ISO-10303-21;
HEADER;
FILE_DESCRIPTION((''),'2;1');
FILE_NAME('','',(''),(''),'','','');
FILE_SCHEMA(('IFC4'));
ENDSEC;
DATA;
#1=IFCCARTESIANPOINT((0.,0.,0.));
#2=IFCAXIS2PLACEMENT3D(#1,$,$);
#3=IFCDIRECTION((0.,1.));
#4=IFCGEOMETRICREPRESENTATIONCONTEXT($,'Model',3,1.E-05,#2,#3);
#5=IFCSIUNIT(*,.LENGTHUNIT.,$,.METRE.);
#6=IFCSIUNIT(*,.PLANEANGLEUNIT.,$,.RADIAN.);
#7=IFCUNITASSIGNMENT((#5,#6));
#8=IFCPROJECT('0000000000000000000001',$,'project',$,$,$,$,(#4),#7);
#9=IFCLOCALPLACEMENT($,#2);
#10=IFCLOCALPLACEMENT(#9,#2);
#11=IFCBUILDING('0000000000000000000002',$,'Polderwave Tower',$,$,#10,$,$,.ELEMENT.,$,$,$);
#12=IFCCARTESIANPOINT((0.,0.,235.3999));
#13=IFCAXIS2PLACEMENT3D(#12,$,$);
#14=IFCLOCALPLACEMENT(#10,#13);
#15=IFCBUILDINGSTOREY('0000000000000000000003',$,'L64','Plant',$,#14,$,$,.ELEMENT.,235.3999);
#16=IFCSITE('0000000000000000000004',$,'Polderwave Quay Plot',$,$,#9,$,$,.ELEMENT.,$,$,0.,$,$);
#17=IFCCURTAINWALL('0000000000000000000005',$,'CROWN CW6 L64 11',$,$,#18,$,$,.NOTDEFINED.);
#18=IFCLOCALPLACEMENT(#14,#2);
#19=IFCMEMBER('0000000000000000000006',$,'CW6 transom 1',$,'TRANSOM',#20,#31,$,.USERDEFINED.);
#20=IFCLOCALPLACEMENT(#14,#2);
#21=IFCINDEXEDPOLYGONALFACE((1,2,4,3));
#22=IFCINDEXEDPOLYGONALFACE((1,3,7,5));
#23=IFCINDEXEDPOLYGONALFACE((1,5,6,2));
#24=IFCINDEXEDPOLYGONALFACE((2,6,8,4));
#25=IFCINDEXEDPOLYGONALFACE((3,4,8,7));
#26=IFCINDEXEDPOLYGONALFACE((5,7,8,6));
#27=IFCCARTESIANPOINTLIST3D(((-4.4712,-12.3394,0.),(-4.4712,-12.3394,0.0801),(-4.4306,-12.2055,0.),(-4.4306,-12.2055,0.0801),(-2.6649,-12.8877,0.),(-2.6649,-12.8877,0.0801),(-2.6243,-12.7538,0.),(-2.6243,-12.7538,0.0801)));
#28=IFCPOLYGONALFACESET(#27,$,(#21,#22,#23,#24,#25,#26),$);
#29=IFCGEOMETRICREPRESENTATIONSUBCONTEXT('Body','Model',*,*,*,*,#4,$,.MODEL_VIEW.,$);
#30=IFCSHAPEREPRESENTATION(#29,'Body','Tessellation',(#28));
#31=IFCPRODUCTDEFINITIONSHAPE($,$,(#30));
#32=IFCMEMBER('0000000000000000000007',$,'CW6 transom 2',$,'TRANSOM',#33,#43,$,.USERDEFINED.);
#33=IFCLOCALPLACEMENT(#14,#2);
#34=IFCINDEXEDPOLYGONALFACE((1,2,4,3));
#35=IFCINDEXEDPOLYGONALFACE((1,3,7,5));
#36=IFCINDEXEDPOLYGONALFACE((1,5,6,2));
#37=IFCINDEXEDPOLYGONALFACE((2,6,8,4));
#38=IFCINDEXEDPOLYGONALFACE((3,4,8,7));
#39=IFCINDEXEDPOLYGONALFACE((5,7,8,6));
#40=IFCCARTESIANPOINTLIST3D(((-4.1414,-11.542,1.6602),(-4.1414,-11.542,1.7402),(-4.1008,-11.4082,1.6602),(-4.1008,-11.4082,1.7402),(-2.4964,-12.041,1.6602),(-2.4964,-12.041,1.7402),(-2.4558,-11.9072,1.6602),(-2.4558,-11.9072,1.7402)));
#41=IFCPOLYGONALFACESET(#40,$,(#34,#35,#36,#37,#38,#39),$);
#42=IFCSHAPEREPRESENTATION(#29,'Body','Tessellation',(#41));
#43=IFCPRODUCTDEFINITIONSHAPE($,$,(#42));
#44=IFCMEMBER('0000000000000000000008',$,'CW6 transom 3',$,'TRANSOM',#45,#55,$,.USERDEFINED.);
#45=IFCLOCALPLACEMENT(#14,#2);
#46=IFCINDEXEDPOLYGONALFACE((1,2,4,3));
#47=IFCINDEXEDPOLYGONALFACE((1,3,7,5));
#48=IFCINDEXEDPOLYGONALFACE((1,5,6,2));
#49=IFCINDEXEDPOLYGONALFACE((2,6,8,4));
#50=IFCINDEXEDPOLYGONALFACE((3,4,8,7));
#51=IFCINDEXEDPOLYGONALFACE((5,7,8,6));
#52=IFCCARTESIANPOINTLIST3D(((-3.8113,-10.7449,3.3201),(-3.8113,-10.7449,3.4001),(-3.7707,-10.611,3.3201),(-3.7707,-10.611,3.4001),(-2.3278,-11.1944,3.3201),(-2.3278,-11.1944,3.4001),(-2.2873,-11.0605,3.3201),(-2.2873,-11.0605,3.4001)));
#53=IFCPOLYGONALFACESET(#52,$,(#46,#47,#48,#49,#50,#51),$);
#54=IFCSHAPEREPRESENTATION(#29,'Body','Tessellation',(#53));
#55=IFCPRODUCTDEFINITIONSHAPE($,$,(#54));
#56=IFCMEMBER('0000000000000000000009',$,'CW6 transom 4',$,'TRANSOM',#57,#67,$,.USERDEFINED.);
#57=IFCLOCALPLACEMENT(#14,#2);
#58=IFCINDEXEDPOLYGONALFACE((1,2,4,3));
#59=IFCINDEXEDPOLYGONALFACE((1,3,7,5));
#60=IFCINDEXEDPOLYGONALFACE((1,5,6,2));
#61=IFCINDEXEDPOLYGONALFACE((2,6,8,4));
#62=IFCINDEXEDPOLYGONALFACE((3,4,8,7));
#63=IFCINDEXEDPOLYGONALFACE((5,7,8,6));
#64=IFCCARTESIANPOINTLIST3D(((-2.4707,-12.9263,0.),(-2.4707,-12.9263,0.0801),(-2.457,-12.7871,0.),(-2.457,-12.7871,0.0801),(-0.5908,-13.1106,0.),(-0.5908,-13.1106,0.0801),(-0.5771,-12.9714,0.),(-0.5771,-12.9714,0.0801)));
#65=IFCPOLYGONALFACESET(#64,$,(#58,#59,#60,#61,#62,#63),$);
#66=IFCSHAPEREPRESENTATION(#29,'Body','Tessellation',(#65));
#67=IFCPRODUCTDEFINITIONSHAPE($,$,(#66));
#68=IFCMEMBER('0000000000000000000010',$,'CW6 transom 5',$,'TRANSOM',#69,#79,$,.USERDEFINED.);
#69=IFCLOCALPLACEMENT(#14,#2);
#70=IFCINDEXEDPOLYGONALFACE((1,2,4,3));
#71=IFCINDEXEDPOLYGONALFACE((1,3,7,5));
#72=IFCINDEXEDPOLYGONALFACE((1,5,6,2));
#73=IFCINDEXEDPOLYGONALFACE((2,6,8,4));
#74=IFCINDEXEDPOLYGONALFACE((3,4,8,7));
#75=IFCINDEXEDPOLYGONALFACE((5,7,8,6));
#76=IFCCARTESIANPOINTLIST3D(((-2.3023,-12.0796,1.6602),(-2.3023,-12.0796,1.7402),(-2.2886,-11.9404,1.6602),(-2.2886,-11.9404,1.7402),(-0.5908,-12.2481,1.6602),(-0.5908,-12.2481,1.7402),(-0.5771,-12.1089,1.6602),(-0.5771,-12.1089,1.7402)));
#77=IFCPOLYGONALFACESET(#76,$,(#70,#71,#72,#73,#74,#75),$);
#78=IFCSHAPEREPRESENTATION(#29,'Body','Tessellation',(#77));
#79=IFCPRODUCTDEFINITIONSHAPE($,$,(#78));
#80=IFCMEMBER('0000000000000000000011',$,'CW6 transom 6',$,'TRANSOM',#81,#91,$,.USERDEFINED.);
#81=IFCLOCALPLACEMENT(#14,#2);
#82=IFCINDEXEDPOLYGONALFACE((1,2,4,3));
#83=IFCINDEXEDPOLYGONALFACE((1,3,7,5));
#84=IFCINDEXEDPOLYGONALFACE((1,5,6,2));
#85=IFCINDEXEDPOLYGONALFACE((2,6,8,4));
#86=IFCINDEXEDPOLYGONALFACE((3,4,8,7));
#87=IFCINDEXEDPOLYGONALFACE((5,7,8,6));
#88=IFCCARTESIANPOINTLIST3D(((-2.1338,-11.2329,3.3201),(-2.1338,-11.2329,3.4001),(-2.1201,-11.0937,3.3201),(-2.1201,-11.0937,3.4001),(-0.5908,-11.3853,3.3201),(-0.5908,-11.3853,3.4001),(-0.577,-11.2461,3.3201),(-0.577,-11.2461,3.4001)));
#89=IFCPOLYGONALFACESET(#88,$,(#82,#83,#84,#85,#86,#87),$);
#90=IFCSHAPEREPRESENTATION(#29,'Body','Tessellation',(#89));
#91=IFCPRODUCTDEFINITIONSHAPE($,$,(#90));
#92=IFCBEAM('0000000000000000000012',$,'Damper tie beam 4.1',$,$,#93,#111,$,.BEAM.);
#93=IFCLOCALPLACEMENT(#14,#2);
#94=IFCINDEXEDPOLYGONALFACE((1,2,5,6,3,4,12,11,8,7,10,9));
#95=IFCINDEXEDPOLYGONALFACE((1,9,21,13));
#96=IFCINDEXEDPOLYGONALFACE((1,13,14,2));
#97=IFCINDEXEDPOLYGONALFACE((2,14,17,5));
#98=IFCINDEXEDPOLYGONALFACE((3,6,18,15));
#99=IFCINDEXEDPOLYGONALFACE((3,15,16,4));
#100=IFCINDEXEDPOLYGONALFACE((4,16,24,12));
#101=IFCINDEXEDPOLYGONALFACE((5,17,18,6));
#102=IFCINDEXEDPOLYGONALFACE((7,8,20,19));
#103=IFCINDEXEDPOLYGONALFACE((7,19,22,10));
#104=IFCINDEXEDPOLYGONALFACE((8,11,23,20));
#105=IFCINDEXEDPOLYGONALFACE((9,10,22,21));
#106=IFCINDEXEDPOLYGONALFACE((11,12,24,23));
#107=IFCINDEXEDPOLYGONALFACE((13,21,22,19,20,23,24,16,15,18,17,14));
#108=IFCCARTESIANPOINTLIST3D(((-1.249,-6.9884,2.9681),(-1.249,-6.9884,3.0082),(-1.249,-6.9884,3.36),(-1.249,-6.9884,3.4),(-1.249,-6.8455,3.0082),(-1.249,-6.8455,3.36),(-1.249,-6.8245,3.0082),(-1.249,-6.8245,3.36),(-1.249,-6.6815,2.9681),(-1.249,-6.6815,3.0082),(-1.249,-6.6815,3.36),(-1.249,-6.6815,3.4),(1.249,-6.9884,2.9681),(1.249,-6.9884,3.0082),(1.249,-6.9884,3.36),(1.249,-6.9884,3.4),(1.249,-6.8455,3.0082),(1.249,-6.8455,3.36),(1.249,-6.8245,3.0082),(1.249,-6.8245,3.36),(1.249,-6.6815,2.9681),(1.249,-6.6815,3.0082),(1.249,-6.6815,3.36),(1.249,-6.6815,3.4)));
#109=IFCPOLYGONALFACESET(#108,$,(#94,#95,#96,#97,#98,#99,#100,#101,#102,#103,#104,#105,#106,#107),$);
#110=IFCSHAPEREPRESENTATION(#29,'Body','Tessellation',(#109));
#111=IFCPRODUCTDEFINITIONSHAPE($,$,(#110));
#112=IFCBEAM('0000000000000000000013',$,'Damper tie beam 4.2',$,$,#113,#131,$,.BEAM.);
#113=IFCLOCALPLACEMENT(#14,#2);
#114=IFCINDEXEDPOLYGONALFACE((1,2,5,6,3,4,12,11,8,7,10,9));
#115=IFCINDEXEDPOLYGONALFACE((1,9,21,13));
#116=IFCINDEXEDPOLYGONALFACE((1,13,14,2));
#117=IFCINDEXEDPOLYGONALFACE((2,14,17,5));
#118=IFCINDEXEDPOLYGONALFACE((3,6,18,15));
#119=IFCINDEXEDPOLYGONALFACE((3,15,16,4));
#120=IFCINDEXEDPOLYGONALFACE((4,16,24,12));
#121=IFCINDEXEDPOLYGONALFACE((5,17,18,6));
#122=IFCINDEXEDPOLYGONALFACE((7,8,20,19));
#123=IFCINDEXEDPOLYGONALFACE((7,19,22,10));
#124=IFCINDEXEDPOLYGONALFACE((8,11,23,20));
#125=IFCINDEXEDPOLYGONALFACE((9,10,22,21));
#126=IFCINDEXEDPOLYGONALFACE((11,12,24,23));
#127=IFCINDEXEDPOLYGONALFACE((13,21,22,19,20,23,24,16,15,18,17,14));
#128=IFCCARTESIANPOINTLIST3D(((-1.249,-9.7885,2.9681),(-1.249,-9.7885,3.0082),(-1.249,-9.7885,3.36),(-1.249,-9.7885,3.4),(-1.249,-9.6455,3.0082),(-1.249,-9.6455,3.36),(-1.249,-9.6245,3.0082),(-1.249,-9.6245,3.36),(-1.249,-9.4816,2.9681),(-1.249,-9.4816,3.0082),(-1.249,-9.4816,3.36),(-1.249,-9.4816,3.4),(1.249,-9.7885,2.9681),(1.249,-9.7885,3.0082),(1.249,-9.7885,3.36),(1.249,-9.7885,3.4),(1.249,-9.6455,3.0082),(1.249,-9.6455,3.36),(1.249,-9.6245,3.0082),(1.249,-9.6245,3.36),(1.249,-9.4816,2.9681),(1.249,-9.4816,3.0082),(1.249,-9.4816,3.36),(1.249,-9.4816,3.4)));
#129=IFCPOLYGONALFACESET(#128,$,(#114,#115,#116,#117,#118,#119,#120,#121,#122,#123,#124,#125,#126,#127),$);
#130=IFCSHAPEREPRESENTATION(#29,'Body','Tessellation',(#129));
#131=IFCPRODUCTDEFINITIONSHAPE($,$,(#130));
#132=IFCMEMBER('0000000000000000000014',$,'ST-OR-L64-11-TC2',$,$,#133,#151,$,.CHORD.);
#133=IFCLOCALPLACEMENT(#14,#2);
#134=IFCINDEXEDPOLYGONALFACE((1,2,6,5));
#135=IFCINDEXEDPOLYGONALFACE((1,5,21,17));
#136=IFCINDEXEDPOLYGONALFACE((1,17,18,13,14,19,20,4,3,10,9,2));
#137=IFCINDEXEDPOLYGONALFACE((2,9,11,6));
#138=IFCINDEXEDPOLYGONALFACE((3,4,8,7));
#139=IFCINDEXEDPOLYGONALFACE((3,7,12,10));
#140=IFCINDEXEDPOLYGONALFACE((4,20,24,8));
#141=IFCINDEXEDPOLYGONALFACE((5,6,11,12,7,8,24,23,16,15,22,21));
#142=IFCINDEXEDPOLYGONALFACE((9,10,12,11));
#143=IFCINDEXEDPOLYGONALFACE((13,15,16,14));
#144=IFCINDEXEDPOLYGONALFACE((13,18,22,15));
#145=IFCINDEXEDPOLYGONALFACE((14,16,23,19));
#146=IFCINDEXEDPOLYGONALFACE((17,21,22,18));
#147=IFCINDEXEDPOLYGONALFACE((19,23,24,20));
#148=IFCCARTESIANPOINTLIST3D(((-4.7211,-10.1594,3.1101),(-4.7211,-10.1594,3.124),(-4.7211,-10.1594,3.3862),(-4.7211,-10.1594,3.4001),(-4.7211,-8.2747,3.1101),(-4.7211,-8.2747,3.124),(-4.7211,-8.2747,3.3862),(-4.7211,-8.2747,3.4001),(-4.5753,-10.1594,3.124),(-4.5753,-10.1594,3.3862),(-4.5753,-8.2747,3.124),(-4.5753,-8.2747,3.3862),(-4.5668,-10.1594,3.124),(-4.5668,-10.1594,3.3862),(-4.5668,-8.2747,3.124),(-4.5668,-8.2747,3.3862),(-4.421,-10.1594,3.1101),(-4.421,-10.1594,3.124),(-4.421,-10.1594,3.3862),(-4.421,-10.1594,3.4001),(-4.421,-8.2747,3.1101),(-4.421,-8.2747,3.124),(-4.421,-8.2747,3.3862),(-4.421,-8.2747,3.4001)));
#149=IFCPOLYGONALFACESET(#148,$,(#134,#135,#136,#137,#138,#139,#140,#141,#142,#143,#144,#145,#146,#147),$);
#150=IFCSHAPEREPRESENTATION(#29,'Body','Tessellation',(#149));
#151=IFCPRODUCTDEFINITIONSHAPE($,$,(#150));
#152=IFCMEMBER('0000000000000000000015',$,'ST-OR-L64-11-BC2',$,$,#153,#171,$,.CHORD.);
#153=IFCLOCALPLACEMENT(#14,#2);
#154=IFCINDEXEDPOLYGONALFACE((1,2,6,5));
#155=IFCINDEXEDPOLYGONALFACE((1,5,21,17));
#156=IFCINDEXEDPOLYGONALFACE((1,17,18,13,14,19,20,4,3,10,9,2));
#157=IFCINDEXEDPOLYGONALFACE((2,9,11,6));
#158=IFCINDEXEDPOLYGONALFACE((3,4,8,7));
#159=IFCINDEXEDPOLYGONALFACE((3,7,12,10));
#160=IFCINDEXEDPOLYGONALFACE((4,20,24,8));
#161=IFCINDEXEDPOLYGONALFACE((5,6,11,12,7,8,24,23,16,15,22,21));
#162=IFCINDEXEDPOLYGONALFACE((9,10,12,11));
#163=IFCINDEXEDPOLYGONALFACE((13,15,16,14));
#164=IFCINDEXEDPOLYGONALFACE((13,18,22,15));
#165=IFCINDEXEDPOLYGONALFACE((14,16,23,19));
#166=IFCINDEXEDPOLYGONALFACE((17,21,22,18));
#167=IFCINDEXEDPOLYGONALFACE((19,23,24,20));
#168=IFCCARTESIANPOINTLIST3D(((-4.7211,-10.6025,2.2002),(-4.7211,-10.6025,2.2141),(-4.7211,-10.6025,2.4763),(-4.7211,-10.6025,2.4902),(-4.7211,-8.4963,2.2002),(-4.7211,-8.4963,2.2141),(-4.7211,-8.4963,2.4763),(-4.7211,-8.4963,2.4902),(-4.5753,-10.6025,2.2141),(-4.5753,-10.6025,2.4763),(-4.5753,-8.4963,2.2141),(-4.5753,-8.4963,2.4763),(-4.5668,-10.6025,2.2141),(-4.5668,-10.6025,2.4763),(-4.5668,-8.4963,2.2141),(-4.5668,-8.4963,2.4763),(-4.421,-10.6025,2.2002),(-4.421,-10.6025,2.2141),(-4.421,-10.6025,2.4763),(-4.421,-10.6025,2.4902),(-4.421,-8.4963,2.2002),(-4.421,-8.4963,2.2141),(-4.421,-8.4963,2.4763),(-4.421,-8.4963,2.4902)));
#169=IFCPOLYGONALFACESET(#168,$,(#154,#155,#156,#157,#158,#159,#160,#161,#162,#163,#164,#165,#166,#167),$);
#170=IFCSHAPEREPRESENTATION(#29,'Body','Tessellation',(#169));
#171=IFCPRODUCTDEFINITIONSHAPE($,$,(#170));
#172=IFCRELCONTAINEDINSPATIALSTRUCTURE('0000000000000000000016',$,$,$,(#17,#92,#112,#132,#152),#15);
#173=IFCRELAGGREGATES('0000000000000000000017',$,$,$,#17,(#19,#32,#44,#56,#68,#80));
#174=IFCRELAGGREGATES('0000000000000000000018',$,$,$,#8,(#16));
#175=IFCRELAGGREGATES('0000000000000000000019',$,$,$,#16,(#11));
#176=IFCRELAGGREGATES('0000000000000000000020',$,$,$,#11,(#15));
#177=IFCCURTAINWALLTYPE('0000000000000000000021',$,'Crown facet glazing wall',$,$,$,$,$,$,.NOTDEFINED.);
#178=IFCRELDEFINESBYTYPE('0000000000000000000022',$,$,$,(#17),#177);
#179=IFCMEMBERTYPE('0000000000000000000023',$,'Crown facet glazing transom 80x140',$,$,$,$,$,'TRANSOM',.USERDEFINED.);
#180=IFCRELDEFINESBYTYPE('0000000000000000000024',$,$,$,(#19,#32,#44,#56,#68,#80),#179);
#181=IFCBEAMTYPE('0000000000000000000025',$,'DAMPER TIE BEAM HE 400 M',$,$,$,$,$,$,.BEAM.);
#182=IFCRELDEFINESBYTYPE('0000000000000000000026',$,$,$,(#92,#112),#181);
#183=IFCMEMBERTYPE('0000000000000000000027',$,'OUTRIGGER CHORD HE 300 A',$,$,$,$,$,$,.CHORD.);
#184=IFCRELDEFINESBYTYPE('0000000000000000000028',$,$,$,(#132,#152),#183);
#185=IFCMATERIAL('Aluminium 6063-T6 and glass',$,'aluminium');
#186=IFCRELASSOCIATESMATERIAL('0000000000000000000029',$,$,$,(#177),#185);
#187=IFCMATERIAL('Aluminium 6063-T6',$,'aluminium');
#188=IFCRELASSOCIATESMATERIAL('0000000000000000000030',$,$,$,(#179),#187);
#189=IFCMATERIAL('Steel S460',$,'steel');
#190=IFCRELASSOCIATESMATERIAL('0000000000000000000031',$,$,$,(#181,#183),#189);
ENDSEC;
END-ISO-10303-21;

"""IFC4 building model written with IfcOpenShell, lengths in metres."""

from ifc_helpers import new_model, si_unit, direction, frame, origin, origin_2d, place, context, subcontext, project, spatial, rectangle, i_section, extrude, material, material_profile, profile_set, type_object, element, aggregate, save


model = new_model("IFC4")

# Units and contexts
model_context = context("Model", 3, precision=1e-05, world=origin(), true_north=direction((0.0, 1.0)))
body_context = subcontext(model_context, "Body", "Model", "MODEL_VIEW")
ifc_project = project(units=[si_unit("LENGTHUNIT", "METRE"), si_unit("PLANEANGLEUNIT", "RADIAN")], contexts=[model_context])

# Site, building, storey
site_placement = place(None, origin())
site = spatial("IfcSite", under=ifc_project, at=site_placement, Name="Polderwave Quay Plot", CompositionType="ELEMENT", RefElevation=0.0)
building_placement = place(site_placement, origin())
building = spatial("IfcBuilding", under=site, at=building_placement, Name="Polderwave Tower", CompositionType="ELEMENT")
storey_placement = place(building_placement, frame((0.0, 0.0, 235.3999)))
storey = spatial("IfcBuildingStorey", under=building, at=storey_placement, Name="L64", Description="Plant", CompositionType="ELEMENT", Elevation=235.3999)

# Shared definitions
ifc_material_1 = material(Name="Steel S460", Category="steel")

# Shared definitions
ifc_material_2 = material(Name="Aluminium 6063-T6 and glass", Category="aluminium")
curtain_wall_type = type_object("IfcCurtainWallType", Name="Crown facet glazing wall", PredefinedType="NOTDEFINED", material=ifc_material_2)
ifc_material_3 = material(Name="Aluminium 6063-T6", Category="aluminium")

# Curtain wall
curtain_wall_1_placement = place(storey_placement, origin())
curtain_wall_1 = element("IfcCurtainWall", 1, at=curtain_wall_1_placement, inside=storey, type_object=curtain_wall_type, Name="CROWN CW6 L64 11", PredefinedType="NOTDEFINED")

# Members
ifc_material_profile_1 = material_profile(ifc_material_3, rectangle(XDim=0.1399, YDim=0.0801, at=origin_2d()), Name="AL 80x140")
ifc_profile_set_1 = profile_set([ifc_material_profile_1], Name="Aluminium 6063-T6")
member_type_1 = type_object("IfcMemberType", Name="Crown facet glazing transom 80x140", ElementType="TRANSOM", PredefinedType="USERDEFINED", material=ifc_profile_set_1)
member_1_placement = place(storey_placement, frame((-4.4509, -12.2725, 0.04), z_axis=(0.956885, -0.290467, 0.0), x_axis=(0.290467, 0.956885, 0.0)))
member_1 = element("IfcMember", 2, at=member_1_placement, type_object=member_type_1, Name="CW6 transom 1", ObjectType="TRANSOM", PredefinedType="USERDEFINED", context=body_context, shape_type="SweptSolid", body=[
    extrude(rectangle(XDim=0.1399, YDim=0.0801, at=origin_2d()), origin(), (0.0, 0.0, 1.0), 1.8877),
])
member_2_placement = place(storey_placement, frame((-4.1211, -11.4751, 1.7002), z_axis=(0.956938, -0.290291, 0.0), x_axis=(0.290291, 0.956938, 0.0)))
member_2 = element("IfcMember", 3, at=member_2_placement, type_object=member_type_1, Name="CW6 transom 2", ObjectType="TRANSOM", PredefinedType="USERDEFINED", context=body_context, shape_type="SweptSolid", body=[
    extrude(rectangle(XDim=0.1399, YDim=0.0801, at=origin_2d()), origin(), (0.0, 0.0, 1.0), 1.719),
])
member_3_placement = place(storey_placement, frame((-3.791, -10.678, 3.3601), z_axis=(0.957034, -0.289977, 0.0), x_axis=(0.289977, 0.957034, 0.0)))
member_3 = element("IfcMember", 4, at=member_3_placement, type_object=member_type_1, Name="CW6 transom 3", ObjectType="TRANSOM", PredefinedType="USERDEFINED", context=body_context, shape_type="SweptSolid", body=[
    extrude(rectangle(XDim=0.1399, YDim=0.0801, at=origin_2d()), origin(), (0.0, 0.0, 1.0), 1.55),
])
member_4_placement = place(storey_placement, frame((-2.4639, -12.8567, 0.04), z_axis=(0.995227, -0.097584, 0.0), x_axis=(0.097584, 0.995227, 0.0)))
member_4 = element("IfcMember", 5, at=member_4_placement, type_object=member_type_1, Name="CW6 transom 4", ObjectType="TRANSOM", PredefinedType="USERDEFINED", context=body_context, shape_type="SweptSolid", body=[
    extrude(rectangle(XDim=0.1399, YDim=0.0801, at=origin_2d()), origin(), (0.0, 0.0, 1.0), 1.8889),
])
member_5_placement = place(storey_placement, frame((-2.2954, -12.01, 1.7002), z_axis=(0.995191, -0.097957, 0.0), x_axis=(0.097957, 0.995191, 0.0)))
member_5 = element("IfcMember", 6, at=member_5_placement, type_object=member_type_1, Name="CW6 transom 5", ObjectType="TRANSOM", PredefinedType="USERDEFINED", context=body_context, shape_type="SweptSolid", body=[
    extrude(rectangle(XDim=0.1399, YDim=0.0801, at=origin_2d()), origin(), (0.0, 0.0, 1.0), 1.7197),
])
member_6_placement = place(storey_placement, frame((-2.127, -11.1633, 3.3601), z_axis=(0.995161, -0.098256, 0.0), x_axis=(0.098256, 0.995161, 0.0)))
member_6 = element("IfcMember", 7, at=member_6_placement, type_object=member_type_1, Name="CW6 transom 6", ObjectType="TRANSOM", PredefinedType="USERDEFINED", context=body_context, shape_type="SweptSolid", body=[
    extrude(rectangle(XDim=0.1399, YDim=0.0801, at=origin_2d()), origin(), (0.0, 0.0, 1.0), 1.5505),
])

# Beams
ifc_material_profile_2 = material_profile(ifc_material_1, i_section(OverallWidth=0.3069, OverallDepth=0.4319, WebThickness=0.021, FlangeThickness=0.04, at=origin_2d()), Name="HE 400 M")
ifc_profile_set_2 = profile_set([ifc_material_profile_2], Name="Steel S460")
beam_type_1 = type_object("IfcBeamType", Name="DAMPER TIE BEAM HE 400 M", PredefinedType="BEAM", material=ifc_profile_set_2)
for number, where, z_axis, x_axis, name in (
    (8, (-1.249, -6.835, 3.1841), (1.0, 0.0, 0.0), (0.0, 1.0, 0.0), "Damper tie beam 4.1"),
    (9, (-1.249, -9.635, 3.1841), (1.0, 0.0, 0.0), (0.0, 1.0, 0.0), "Damper tie beam 4.2"),
):
    element("IfcBeam", number, at=place(storey_placement, frame(where, z_axis=z_axis, x_axis=x_axis)), inside=storey, type_object=beam_type_1, Name=name, PredefinedType="BEAM", context=body_context, shape_type="SweptSolid", body=[
        extrude(i_section(OverallWidth=0.3069, OverallDepth=0.4319, WebThickness=0.021, FlangeThickness=0.04, at=origin_2d()), origin(), (0.0, 0.0, 1.0), 2.498),
    ])

# Members
ifc_material_profile_3 = material_profile(ifc_material_1, i_section(OverallWidth=0.3, OverallDepth=0.29, WebThickness=0.0085, FlangeThickness=0.0139, at=origin_2d()), Name="HE 300 A")
ifc_profile_set_3 = profile_set([ifc_material_profile_3], Name="Steel S460")
member_type_2 = type_object("IfcMemberType", Name="OUTRIGGER CHORD HE 300 A", PredefinedType="CHORD", material=ifc_profile_set_3)
member_7_placement = place(storey_placement, frame((-4.571, -8.2747, 3.2551), z_axis=(0.0, -1.0, 0.0), x_axis=(1.0, 0.0, 0.0)))
element("IfcMember", 10, at=member_7_placement, inside=storey, type_object=member_type_2, Name="ST-OR-L64-11-TC2", PredefinedType="CHORD", context=body_context, shape_type="SweptSolid", body=[
    extrude(i_section(OverallWidth=0.3, OverallDepth=0.29, WebThickness=0.0085, FlangeThickness=0.0139, at=origin_2d()), origin(), (0.0, 0.0, 1.0), 1.8848),
])
member_8_placement = place(storey_placement, frame((-4.571, -8.4963, 2.3452), z_axis=(0.0, -1.0, 0.0), x_axis=(1.0, 0.0, 0.0)))
element("IfcMember", 11, at=member_8_placement, inside=storey, type_object=member_type_2, Name="ST-OR-L64-11-BC2", PredefinedType="CHORD", context=body_context, shape_type="SweptSolid", body=[
    extrude(i_section(OverallWidth=0.3, OverallDepth=0.29, WebThickness=0.0085, FlangeThickness=0.0139, at=origin_2d()), origin(), (0.0, 0.0, 1.0), 2.1062),
])

aggregate(curtain_wall_1, [member_1, member_2, member_3, member_4, member_5, member_6])

save(model, "model.ifc")
